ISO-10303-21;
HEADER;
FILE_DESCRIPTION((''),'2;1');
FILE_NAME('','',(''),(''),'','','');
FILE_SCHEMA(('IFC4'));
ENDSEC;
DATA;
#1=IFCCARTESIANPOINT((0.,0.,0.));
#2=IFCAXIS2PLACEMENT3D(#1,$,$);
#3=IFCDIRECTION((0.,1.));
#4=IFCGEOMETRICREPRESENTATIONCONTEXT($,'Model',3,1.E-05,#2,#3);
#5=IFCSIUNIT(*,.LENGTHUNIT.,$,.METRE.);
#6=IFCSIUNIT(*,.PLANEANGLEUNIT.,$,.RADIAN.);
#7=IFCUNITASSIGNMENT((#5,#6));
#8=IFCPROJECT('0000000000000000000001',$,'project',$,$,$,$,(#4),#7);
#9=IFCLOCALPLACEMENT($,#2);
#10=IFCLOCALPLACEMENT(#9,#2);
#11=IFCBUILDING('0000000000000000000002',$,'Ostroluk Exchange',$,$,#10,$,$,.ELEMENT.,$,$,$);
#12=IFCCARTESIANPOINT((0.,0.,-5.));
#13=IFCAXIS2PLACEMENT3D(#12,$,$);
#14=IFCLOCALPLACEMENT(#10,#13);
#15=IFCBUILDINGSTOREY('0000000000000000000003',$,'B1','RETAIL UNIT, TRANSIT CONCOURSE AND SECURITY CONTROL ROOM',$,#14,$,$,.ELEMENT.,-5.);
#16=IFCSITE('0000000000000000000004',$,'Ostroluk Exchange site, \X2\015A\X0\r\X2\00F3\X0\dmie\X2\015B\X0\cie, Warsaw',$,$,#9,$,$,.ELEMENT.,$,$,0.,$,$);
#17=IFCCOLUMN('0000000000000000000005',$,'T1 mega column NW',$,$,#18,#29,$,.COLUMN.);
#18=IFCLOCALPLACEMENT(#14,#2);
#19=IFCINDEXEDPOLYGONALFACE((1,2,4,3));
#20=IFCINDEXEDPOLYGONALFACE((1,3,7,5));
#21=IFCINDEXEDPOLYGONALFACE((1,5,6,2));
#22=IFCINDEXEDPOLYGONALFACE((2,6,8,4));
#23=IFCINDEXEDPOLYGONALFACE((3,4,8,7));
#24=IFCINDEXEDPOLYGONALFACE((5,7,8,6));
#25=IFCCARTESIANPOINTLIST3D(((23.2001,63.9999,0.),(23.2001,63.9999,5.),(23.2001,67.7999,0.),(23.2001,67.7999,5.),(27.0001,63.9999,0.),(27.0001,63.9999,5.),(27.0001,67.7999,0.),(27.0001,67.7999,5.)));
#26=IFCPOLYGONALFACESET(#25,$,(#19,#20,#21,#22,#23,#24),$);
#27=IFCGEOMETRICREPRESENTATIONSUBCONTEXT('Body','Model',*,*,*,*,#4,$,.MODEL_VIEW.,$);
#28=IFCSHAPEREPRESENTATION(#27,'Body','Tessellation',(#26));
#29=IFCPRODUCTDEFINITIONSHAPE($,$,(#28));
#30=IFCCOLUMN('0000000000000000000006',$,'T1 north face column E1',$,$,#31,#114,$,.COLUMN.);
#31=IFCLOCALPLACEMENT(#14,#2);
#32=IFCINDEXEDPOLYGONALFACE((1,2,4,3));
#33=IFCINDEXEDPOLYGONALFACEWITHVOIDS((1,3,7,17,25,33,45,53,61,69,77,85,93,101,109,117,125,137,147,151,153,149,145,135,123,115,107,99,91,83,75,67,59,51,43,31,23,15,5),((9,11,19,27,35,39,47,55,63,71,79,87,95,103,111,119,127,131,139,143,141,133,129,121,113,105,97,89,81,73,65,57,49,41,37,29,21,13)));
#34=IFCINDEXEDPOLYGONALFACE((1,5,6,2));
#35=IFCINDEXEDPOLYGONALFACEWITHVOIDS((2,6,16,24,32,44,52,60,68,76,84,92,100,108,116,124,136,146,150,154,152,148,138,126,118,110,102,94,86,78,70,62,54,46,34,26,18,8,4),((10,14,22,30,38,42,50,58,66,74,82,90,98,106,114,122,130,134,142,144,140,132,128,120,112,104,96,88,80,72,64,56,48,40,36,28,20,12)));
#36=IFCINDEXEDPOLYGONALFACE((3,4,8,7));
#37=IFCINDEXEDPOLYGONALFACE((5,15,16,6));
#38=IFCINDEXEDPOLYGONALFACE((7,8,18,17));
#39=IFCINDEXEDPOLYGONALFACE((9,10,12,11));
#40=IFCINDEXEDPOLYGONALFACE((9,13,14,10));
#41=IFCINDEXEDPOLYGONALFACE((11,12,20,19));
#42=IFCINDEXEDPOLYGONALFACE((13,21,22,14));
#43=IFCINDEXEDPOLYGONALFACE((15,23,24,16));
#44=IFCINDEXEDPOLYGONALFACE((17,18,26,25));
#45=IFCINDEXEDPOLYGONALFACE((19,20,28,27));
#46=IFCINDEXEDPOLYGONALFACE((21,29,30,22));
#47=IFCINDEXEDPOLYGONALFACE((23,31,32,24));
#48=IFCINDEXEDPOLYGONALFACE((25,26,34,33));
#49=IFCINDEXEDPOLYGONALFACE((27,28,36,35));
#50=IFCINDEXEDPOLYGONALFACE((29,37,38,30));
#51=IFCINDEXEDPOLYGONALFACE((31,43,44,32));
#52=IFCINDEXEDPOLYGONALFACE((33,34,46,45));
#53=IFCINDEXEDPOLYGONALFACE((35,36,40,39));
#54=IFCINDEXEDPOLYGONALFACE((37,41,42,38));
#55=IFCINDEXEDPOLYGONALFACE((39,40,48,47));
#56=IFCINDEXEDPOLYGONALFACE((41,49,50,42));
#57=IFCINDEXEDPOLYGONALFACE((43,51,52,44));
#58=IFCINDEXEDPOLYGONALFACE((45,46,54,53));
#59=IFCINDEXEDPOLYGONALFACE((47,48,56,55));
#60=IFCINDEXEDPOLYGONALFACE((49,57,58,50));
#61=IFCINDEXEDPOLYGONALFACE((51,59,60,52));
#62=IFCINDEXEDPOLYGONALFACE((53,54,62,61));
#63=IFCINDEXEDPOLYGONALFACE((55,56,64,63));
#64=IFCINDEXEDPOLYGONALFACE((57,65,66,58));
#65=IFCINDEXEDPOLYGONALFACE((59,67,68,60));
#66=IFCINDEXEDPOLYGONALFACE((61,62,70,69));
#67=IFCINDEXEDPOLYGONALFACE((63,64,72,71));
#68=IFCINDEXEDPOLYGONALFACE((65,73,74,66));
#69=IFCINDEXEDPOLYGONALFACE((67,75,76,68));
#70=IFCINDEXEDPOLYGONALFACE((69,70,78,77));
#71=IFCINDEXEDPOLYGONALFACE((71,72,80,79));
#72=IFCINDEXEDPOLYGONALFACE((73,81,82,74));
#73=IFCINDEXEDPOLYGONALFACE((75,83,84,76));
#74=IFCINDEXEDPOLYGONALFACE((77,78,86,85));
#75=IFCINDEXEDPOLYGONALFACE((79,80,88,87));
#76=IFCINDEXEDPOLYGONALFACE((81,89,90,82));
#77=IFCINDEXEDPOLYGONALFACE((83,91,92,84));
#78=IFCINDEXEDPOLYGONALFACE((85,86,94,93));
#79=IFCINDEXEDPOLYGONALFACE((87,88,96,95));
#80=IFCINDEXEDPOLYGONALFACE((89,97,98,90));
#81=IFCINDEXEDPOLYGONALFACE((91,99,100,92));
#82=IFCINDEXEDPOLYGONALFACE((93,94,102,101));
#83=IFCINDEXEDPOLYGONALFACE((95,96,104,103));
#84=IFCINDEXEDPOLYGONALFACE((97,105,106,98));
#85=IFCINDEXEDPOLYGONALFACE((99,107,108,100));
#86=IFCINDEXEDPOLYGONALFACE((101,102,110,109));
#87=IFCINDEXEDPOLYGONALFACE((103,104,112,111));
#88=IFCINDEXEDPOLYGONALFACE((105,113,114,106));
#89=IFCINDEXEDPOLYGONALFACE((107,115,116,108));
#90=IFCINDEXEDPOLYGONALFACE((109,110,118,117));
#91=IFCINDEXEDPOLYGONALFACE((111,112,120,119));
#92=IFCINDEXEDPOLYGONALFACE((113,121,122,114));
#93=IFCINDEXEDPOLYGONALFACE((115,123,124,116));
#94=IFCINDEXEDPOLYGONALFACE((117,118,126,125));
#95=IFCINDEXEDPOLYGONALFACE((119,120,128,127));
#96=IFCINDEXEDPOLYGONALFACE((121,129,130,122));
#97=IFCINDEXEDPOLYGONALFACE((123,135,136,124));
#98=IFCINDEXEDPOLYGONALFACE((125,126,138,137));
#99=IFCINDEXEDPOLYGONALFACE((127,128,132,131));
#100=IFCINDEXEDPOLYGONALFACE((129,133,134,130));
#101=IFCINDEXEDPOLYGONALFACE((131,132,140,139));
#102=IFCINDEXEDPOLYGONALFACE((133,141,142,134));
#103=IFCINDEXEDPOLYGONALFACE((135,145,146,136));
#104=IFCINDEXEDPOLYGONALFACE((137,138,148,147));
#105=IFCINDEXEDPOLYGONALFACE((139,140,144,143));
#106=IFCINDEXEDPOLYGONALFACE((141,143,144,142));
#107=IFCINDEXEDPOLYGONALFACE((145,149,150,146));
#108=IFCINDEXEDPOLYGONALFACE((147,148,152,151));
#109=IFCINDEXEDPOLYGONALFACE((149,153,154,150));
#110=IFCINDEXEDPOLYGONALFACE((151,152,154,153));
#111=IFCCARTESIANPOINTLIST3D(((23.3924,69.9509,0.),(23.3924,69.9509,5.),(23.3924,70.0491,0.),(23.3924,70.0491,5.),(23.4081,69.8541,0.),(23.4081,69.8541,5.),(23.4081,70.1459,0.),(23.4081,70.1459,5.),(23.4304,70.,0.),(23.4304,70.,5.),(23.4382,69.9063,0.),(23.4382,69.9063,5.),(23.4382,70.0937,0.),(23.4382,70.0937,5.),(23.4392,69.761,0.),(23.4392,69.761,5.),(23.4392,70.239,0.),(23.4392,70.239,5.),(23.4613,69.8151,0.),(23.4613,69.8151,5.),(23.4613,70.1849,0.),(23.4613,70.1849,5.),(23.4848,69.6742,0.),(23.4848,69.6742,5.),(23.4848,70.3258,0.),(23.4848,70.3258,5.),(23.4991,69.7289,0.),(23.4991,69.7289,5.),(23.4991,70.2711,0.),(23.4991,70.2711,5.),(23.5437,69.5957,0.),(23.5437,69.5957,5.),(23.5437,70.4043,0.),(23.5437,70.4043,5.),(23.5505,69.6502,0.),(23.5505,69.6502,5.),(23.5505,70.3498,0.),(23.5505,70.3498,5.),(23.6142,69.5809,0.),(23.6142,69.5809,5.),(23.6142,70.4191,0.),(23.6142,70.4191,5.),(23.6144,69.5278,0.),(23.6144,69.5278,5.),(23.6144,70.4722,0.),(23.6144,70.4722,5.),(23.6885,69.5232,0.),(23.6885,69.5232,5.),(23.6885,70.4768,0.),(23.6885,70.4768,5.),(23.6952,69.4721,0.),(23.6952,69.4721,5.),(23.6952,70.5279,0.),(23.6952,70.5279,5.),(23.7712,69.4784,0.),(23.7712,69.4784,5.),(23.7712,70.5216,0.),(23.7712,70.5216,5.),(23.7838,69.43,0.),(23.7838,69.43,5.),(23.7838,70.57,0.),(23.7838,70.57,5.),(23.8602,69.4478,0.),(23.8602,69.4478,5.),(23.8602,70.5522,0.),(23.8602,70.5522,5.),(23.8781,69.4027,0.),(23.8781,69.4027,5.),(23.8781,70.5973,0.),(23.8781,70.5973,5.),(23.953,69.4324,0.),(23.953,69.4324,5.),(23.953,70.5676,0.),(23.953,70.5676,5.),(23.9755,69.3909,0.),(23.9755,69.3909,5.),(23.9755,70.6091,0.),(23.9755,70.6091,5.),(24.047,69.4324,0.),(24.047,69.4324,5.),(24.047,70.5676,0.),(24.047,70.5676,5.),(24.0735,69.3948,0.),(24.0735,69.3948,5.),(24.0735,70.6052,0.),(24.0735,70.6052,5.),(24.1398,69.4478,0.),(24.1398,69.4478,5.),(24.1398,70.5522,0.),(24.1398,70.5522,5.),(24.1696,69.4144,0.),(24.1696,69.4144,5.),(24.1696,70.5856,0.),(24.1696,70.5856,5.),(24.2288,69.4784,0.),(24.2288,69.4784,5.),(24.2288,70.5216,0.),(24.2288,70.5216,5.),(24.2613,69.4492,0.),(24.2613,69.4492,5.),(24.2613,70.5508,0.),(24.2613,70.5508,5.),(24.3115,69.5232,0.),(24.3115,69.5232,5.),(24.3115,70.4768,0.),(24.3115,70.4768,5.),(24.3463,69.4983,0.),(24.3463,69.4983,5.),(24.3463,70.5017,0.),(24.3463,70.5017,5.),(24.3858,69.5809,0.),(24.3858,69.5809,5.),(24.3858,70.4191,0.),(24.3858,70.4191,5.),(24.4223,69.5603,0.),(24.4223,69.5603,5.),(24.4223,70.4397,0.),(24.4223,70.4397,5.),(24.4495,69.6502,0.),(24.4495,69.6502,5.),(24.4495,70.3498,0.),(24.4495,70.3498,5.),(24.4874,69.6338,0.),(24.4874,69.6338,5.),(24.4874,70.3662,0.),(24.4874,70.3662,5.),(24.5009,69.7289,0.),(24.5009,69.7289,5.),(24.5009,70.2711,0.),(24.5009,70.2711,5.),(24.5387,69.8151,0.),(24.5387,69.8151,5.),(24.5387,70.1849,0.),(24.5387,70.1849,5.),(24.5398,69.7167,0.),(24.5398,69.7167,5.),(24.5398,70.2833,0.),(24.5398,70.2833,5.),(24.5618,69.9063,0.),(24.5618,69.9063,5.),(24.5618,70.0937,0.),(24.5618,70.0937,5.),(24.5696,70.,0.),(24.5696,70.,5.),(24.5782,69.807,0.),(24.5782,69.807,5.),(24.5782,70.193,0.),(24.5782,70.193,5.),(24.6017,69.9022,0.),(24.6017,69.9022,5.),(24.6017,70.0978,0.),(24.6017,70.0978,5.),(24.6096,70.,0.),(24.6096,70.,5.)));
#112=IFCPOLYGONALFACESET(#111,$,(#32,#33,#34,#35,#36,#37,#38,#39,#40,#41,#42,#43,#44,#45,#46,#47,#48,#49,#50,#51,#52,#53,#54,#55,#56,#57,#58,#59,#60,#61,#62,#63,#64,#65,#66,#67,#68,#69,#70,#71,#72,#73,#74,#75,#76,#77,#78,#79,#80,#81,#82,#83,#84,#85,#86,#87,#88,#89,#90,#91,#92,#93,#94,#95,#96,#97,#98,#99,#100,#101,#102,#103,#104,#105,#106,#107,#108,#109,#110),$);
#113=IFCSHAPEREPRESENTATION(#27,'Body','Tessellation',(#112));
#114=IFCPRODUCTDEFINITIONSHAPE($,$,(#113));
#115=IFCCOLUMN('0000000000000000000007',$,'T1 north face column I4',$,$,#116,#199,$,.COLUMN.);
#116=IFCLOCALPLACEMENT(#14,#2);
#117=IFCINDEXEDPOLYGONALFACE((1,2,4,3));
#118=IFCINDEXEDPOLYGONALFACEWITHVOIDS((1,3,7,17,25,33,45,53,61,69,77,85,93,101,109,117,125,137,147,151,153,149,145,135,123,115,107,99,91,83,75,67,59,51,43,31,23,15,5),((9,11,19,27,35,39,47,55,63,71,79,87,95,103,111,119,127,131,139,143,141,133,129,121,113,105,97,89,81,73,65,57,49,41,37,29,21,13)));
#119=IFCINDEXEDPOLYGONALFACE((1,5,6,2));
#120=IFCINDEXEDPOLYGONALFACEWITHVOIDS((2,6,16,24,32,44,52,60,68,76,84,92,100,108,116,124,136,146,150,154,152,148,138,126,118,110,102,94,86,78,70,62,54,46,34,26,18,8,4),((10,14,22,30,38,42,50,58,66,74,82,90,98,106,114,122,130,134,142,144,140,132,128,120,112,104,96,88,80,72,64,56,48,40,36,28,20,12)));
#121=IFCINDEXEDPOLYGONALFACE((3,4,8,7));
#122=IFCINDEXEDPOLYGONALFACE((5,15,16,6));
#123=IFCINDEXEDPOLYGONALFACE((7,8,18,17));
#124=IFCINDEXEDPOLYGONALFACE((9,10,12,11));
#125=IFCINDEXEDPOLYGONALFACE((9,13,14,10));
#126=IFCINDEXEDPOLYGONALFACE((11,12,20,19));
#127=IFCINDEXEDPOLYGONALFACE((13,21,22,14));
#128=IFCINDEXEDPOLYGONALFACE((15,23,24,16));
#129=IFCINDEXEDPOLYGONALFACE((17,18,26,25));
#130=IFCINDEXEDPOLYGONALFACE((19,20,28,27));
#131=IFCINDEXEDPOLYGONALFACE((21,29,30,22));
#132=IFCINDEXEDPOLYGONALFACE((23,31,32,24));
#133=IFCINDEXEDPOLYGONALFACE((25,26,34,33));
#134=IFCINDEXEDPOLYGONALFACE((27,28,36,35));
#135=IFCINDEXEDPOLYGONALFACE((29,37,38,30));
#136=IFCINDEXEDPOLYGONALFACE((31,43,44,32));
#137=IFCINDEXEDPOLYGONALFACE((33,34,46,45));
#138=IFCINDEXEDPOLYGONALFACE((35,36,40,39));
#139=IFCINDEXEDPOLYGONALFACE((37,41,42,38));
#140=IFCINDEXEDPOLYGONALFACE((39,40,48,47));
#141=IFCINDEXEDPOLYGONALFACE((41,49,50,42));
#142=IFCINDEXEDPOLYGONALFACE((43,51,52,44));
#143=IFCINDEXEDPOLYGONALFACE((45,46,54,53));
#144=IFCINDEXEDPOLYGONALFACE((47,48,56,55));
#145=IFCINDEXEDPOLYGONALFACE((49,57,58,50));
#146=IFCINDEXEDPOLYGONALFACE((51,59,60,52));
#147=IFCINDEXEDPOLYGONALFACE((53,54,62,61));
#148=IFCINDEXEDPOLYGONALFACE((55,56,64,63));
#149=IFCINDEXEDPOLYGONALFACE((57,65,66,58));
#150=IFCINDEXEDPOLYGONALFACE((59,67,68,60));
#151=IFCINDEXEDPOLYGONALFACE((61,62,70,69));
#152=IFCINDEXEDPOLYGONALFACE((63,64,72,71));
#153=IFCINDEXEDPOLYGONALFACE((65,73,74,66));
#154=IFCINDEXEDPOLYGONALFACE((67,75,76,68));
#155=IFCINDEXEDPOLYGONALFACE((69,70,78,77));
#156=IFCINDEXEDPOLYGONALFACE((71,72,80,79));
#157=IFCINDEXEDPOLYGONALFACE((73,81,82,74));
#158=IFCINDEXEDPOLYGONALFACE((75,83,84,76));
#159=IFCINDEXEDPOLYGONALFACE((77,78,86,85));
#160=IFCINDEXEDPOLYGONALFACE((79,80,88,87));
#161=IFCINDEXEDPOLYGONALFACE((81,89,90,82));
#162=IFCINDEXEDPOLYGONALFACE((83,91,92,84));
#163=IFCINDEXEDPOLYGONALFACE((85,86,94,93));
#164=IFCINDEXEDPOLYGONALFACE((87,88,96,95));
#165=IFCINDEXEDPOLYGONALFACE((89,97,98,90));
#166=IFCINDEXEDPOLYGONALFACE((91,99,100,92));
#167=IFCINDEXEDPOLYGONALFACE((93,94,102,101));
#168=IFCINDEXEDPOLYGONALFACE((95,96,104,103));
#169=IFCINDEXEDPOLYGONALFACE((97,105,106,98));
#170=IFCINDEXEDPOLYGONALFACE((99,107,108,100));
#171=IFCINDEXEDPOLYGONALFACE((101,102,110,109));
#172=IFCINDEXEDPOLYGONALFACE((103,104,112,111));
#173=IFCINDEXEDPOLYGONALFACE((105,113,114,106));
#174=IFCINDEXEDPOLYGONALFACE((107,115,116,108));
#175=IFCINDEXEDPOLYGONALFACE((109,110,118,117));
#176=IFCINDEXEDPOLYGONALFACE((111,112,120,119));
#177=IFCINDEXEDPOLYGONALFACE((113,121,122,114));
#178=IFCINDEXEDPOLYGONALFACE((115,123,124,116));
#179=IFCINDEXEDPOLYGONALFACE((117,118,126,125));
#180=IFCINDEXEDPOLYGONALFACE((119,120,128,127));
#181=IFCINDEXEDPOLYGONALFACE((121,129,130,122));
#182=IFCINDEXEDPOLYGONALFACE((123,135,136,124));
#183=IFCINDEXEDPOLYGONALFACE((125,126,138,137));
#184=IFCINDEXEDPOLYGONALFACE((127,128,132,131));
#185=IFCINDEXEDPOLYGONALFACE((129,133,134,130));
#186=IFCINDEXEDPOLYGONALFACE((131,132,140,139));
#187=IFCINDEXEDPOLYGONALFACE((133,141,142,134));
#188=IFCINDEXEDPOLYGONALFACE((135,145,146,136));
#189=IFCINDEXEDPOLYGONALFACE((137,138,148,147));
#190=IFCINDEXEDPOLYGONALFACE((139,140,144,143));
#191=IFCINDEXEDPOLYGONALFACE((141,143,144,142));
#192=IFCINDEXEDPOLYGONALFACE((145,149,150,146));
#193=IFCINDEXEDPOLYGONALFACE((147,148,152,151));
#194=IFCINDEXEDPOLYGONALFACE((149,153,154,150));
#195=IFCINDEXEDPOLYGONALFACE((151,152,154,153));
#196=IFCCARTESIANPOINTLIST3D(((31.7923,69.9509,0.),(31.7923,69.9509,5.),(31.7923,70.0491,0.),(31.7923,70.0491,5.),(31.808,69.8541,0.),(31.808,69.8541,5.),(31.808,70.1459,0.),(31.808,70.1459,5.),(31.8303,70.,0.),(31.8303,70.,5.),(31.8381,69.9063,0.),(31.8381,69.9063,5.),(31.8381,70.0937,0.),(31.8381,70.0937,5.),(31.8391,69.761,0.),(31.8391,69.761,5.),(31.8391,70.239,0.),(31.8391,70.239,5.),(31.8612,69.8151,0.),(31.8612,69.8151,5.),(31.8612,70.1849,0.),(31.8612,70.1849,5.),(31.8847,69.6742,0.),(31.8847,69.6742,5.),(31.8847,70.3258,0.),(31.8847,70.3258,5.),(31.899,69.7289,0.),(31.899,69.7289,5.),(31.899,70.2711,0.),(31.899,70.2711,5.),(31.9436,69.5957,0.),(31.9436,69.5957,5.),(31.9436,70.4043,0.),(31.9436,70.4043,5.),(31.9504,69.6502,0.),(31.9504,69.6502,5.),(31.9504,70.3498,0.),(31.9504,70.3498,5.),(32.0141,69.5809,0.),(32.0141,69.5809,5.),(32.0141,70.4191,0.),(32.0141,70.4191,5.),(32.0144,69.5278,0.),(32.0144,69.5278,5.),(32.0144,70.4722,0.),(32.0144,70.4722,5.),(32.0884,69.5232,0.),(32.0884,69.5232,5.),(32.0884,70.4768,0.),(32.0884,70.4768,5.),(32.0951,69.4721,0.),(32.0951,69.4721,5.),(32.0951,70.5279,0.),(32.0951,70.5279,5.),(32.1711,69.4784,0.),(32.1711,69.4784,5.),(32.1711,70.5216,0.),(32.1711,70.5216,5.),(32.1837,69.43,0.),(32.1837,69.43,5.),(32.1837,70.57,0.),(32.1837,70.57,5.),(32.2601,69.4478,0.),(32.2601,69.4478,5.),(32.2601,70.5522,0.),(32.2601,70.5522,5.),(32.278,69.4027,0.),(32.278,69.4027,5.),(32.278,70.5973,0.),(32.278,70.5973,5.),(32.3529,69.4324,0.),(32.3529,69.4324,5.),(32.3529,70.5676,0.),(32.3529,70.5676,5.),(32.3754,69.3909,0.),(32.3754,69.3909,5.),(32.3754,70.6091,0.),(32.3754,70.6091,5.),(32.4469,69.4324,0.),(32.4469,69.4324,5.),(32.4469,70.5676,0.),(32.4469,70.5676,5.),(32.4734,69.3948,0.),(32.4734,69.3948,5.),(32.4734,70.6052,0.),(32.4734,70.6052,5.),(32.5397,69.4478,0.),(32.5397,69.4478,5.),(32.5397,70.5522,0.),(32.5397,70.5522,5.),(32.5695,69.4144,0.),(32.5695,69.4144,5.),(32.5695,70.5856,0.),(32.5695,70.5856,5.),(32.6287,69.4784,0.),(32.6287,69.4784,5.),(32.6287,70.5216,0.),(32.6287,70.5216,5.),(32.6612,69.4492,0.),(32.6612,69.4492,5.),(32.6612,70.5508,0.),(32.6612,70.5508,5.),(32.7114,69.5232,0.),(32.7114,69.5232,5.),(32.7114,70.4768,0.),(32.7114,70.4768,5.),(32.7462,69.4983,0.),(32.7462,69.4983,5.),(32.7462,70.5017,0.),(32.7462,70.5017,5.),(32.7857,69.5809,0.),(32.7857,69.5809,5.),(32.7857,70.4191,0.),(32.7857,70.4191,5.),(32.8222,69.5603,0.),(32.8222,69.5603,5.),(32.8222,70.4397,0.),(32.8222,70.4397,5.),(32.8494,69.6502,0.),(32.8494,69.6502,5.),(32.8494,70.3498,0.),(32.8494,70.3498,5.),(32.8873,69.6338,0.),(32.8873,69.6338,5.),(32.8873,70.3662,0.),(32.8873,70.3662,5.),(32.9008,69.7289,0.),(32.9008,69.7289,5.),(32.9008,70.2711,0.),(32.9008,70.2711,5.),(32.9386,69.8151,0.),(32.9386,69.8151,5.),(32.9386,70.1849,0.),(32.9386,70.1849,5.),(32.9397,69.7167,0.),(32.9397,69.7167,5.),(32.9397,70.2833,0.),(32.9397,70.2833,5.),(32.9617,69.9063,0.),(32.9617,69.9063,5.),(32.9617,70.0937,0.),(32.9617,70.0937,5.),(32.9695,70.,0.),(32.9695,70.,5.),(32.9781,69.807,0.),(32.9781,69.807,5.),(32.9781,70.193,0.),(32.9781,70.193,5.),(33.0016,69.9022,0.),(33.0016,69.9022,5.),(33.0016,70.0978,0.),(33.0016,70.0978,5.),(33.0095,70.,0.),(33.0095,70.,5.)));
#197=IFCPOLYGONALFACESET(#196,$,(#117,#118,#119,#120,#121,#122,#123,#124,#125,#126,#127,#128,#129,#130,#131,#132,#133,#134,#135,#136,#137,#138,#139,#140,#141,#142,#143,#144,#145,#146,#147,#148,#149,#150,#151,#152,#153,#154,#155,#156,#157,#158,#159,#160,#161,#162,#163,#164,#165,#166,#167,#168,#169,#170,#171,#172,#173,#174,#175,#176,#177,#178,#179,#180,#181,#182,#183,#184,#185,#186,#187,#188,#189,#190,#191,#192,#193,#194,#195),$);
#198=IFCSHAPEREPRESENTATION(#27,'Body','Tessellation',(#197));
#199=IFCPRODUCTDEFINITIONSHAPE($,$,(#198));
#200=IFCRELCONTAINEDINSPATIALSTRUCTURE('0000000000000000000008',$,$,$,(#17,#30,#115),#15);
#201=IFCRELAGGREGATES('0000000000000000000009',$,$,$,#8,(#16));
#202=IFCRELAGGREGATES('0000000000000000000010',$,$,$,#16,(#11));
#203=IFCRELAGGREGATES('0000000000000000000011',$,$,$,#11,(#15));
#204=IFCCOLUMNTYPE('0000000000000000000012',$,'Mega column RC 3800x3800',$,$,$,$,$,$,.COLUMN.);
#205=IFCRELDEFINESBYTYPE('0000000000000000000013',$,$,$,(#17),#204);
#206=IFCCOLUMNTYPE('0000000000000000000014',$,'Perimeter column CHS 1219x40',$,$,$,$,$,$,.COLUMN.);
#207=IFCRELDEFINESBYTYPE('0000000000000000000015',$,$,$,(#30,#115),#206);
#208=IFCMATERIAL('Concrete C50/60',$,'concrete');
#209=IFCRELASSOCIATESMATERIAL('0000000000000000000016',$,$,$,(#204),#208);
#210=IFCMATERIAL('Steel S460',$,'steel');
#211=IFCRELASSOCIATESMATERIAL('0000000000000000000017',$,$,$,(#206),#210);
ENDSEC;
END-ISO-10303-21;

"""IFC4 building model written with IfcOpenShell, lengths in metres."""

from ifc_helpers import new_model, si_unit, direction, frame, origin, origin_2d, place, context, subcontext, project, spatial, rectangle, hollow_circle, extrude, material, material_profile, profile_set, type_object, element, save


model = new_model("IFC4")

# Units and contexts
model_context = context("Model", 3, precision=1e-05, world=origin(), true_north=direction((0.0, 1.0)))
body_context = subcontext(model_context, "Body", "Model", "MODEL_VIEW")
ifc_project = project(units=[si_unit("LENGTHUNIT", "METRE"), si_unit("PLANEANGLEUNIT", "RADIAN")], contexts=[model_context])

# Site, building, storey
site_placement = place(None, origin())
site = spatial("IfcSite", under=ifc_project, at=site_placement, Name="Ostroluk Exchange site, Śródmieście, Warsaw", CompositionType="ELEMENT", RefElevation=0.0)
building_placement = place(site_placement, origin())
building = spatial("IfcBuilding", under=site, at=building_placement, Name="Ostroluk Exchange", CompositionType="ELEMENT")
storey_placement = place(building_placement, frame((0.0, 0.0, -5.0)))
storey = spatial("IfcBuildingStorey", under=building, at=storey_placement, Name="B1", Description="RETAIL UNIT, TRANSIT CONCOURSE AND SECURITY CONTROL ROOM", CompositionType="ELEMENT", Elevation=-5.0)

# Columns
ifc_material_1 = material(Name="Concrete C50/60", Category="concrete")
ifc_material_profile_1 = material_profile(ifc_material_1, rectangle(XDim=3.8, YDim=3.8, at=origin_2d()), Name="RC 3800x3800")
ifc_profile_set_1 = profile_set([ifc_material_profile_1], Name="Concrete C50/60")
column_type_1 = type_object("IfcColumnType", Name="Mega column RC 3800x3800", PredefinedType="COLUMN", material=ifc_profile_set_1)
column_placement = place(storey_placement, frame((25.1001, 65.8999, 0.0), z_axis=(0.0, 0.0, 1.0), x_axis=(1.0, 0.0, 0.0)))
element("IfcColumn", 1, at=column_placement, inside=storey, type_object=column_type_1, Name="T1 mega column NW", PredefinedType="COLUMN", context=body_context, shape_type="SweptSolid", body=[
    extrude(rectangle(XDim=3.8, YDim=3.8, at=origin_2d()), origin(), (0.0, 0.0, 1.0), 5.0),
])
ifc_material_2 = material(Name="Steel S460", Category="steel")
ifc_material_profile_2 = material_profile(ifc_material_2, hollow_circle(Radius=0.6096, WallThickness=0.04, at=origin_2d()), Name="CHS 1219x40")
ifc_profile_set_2 = profile_set([ifc_material_profile_2], Name="Steel S460")
column_type_2 = type_object("IfcColumnType", Name="Perimeter column CHS 1219x40", PredefinedType="COLUMN", material=ifc_profile_set_2)
for number, where, z_axis, x_axis, name in (
    (2, (24.0, 70.0, 0.0), (0.0, 0.0, 1.0), (1.0, 0.0, 0.0), "T1 north face column E1"),
    (3, (32.3999, 70.0, 0.0), (0.0, 0.0, 1.0), (1.0, 0.0, 0.0), "T1 north face column I4"),
):
    element("IfcColumn", number, at=place(storey_placement, frame(where, z_axis=z_axis, x_axis=x_axis)), inside=storey, type_object=column_type_2, Name=name, PredefinedType="COLUMN", context=body_context, shape_type="SweptSolid", body=[
        extrude(hollow_circle(Radius=0.6096, WallThickness=0.04, at=origin_2d()), origin(), (0.0, 0.0, 1.0), 5.0),
    ])

save(model, "model.ifc")
